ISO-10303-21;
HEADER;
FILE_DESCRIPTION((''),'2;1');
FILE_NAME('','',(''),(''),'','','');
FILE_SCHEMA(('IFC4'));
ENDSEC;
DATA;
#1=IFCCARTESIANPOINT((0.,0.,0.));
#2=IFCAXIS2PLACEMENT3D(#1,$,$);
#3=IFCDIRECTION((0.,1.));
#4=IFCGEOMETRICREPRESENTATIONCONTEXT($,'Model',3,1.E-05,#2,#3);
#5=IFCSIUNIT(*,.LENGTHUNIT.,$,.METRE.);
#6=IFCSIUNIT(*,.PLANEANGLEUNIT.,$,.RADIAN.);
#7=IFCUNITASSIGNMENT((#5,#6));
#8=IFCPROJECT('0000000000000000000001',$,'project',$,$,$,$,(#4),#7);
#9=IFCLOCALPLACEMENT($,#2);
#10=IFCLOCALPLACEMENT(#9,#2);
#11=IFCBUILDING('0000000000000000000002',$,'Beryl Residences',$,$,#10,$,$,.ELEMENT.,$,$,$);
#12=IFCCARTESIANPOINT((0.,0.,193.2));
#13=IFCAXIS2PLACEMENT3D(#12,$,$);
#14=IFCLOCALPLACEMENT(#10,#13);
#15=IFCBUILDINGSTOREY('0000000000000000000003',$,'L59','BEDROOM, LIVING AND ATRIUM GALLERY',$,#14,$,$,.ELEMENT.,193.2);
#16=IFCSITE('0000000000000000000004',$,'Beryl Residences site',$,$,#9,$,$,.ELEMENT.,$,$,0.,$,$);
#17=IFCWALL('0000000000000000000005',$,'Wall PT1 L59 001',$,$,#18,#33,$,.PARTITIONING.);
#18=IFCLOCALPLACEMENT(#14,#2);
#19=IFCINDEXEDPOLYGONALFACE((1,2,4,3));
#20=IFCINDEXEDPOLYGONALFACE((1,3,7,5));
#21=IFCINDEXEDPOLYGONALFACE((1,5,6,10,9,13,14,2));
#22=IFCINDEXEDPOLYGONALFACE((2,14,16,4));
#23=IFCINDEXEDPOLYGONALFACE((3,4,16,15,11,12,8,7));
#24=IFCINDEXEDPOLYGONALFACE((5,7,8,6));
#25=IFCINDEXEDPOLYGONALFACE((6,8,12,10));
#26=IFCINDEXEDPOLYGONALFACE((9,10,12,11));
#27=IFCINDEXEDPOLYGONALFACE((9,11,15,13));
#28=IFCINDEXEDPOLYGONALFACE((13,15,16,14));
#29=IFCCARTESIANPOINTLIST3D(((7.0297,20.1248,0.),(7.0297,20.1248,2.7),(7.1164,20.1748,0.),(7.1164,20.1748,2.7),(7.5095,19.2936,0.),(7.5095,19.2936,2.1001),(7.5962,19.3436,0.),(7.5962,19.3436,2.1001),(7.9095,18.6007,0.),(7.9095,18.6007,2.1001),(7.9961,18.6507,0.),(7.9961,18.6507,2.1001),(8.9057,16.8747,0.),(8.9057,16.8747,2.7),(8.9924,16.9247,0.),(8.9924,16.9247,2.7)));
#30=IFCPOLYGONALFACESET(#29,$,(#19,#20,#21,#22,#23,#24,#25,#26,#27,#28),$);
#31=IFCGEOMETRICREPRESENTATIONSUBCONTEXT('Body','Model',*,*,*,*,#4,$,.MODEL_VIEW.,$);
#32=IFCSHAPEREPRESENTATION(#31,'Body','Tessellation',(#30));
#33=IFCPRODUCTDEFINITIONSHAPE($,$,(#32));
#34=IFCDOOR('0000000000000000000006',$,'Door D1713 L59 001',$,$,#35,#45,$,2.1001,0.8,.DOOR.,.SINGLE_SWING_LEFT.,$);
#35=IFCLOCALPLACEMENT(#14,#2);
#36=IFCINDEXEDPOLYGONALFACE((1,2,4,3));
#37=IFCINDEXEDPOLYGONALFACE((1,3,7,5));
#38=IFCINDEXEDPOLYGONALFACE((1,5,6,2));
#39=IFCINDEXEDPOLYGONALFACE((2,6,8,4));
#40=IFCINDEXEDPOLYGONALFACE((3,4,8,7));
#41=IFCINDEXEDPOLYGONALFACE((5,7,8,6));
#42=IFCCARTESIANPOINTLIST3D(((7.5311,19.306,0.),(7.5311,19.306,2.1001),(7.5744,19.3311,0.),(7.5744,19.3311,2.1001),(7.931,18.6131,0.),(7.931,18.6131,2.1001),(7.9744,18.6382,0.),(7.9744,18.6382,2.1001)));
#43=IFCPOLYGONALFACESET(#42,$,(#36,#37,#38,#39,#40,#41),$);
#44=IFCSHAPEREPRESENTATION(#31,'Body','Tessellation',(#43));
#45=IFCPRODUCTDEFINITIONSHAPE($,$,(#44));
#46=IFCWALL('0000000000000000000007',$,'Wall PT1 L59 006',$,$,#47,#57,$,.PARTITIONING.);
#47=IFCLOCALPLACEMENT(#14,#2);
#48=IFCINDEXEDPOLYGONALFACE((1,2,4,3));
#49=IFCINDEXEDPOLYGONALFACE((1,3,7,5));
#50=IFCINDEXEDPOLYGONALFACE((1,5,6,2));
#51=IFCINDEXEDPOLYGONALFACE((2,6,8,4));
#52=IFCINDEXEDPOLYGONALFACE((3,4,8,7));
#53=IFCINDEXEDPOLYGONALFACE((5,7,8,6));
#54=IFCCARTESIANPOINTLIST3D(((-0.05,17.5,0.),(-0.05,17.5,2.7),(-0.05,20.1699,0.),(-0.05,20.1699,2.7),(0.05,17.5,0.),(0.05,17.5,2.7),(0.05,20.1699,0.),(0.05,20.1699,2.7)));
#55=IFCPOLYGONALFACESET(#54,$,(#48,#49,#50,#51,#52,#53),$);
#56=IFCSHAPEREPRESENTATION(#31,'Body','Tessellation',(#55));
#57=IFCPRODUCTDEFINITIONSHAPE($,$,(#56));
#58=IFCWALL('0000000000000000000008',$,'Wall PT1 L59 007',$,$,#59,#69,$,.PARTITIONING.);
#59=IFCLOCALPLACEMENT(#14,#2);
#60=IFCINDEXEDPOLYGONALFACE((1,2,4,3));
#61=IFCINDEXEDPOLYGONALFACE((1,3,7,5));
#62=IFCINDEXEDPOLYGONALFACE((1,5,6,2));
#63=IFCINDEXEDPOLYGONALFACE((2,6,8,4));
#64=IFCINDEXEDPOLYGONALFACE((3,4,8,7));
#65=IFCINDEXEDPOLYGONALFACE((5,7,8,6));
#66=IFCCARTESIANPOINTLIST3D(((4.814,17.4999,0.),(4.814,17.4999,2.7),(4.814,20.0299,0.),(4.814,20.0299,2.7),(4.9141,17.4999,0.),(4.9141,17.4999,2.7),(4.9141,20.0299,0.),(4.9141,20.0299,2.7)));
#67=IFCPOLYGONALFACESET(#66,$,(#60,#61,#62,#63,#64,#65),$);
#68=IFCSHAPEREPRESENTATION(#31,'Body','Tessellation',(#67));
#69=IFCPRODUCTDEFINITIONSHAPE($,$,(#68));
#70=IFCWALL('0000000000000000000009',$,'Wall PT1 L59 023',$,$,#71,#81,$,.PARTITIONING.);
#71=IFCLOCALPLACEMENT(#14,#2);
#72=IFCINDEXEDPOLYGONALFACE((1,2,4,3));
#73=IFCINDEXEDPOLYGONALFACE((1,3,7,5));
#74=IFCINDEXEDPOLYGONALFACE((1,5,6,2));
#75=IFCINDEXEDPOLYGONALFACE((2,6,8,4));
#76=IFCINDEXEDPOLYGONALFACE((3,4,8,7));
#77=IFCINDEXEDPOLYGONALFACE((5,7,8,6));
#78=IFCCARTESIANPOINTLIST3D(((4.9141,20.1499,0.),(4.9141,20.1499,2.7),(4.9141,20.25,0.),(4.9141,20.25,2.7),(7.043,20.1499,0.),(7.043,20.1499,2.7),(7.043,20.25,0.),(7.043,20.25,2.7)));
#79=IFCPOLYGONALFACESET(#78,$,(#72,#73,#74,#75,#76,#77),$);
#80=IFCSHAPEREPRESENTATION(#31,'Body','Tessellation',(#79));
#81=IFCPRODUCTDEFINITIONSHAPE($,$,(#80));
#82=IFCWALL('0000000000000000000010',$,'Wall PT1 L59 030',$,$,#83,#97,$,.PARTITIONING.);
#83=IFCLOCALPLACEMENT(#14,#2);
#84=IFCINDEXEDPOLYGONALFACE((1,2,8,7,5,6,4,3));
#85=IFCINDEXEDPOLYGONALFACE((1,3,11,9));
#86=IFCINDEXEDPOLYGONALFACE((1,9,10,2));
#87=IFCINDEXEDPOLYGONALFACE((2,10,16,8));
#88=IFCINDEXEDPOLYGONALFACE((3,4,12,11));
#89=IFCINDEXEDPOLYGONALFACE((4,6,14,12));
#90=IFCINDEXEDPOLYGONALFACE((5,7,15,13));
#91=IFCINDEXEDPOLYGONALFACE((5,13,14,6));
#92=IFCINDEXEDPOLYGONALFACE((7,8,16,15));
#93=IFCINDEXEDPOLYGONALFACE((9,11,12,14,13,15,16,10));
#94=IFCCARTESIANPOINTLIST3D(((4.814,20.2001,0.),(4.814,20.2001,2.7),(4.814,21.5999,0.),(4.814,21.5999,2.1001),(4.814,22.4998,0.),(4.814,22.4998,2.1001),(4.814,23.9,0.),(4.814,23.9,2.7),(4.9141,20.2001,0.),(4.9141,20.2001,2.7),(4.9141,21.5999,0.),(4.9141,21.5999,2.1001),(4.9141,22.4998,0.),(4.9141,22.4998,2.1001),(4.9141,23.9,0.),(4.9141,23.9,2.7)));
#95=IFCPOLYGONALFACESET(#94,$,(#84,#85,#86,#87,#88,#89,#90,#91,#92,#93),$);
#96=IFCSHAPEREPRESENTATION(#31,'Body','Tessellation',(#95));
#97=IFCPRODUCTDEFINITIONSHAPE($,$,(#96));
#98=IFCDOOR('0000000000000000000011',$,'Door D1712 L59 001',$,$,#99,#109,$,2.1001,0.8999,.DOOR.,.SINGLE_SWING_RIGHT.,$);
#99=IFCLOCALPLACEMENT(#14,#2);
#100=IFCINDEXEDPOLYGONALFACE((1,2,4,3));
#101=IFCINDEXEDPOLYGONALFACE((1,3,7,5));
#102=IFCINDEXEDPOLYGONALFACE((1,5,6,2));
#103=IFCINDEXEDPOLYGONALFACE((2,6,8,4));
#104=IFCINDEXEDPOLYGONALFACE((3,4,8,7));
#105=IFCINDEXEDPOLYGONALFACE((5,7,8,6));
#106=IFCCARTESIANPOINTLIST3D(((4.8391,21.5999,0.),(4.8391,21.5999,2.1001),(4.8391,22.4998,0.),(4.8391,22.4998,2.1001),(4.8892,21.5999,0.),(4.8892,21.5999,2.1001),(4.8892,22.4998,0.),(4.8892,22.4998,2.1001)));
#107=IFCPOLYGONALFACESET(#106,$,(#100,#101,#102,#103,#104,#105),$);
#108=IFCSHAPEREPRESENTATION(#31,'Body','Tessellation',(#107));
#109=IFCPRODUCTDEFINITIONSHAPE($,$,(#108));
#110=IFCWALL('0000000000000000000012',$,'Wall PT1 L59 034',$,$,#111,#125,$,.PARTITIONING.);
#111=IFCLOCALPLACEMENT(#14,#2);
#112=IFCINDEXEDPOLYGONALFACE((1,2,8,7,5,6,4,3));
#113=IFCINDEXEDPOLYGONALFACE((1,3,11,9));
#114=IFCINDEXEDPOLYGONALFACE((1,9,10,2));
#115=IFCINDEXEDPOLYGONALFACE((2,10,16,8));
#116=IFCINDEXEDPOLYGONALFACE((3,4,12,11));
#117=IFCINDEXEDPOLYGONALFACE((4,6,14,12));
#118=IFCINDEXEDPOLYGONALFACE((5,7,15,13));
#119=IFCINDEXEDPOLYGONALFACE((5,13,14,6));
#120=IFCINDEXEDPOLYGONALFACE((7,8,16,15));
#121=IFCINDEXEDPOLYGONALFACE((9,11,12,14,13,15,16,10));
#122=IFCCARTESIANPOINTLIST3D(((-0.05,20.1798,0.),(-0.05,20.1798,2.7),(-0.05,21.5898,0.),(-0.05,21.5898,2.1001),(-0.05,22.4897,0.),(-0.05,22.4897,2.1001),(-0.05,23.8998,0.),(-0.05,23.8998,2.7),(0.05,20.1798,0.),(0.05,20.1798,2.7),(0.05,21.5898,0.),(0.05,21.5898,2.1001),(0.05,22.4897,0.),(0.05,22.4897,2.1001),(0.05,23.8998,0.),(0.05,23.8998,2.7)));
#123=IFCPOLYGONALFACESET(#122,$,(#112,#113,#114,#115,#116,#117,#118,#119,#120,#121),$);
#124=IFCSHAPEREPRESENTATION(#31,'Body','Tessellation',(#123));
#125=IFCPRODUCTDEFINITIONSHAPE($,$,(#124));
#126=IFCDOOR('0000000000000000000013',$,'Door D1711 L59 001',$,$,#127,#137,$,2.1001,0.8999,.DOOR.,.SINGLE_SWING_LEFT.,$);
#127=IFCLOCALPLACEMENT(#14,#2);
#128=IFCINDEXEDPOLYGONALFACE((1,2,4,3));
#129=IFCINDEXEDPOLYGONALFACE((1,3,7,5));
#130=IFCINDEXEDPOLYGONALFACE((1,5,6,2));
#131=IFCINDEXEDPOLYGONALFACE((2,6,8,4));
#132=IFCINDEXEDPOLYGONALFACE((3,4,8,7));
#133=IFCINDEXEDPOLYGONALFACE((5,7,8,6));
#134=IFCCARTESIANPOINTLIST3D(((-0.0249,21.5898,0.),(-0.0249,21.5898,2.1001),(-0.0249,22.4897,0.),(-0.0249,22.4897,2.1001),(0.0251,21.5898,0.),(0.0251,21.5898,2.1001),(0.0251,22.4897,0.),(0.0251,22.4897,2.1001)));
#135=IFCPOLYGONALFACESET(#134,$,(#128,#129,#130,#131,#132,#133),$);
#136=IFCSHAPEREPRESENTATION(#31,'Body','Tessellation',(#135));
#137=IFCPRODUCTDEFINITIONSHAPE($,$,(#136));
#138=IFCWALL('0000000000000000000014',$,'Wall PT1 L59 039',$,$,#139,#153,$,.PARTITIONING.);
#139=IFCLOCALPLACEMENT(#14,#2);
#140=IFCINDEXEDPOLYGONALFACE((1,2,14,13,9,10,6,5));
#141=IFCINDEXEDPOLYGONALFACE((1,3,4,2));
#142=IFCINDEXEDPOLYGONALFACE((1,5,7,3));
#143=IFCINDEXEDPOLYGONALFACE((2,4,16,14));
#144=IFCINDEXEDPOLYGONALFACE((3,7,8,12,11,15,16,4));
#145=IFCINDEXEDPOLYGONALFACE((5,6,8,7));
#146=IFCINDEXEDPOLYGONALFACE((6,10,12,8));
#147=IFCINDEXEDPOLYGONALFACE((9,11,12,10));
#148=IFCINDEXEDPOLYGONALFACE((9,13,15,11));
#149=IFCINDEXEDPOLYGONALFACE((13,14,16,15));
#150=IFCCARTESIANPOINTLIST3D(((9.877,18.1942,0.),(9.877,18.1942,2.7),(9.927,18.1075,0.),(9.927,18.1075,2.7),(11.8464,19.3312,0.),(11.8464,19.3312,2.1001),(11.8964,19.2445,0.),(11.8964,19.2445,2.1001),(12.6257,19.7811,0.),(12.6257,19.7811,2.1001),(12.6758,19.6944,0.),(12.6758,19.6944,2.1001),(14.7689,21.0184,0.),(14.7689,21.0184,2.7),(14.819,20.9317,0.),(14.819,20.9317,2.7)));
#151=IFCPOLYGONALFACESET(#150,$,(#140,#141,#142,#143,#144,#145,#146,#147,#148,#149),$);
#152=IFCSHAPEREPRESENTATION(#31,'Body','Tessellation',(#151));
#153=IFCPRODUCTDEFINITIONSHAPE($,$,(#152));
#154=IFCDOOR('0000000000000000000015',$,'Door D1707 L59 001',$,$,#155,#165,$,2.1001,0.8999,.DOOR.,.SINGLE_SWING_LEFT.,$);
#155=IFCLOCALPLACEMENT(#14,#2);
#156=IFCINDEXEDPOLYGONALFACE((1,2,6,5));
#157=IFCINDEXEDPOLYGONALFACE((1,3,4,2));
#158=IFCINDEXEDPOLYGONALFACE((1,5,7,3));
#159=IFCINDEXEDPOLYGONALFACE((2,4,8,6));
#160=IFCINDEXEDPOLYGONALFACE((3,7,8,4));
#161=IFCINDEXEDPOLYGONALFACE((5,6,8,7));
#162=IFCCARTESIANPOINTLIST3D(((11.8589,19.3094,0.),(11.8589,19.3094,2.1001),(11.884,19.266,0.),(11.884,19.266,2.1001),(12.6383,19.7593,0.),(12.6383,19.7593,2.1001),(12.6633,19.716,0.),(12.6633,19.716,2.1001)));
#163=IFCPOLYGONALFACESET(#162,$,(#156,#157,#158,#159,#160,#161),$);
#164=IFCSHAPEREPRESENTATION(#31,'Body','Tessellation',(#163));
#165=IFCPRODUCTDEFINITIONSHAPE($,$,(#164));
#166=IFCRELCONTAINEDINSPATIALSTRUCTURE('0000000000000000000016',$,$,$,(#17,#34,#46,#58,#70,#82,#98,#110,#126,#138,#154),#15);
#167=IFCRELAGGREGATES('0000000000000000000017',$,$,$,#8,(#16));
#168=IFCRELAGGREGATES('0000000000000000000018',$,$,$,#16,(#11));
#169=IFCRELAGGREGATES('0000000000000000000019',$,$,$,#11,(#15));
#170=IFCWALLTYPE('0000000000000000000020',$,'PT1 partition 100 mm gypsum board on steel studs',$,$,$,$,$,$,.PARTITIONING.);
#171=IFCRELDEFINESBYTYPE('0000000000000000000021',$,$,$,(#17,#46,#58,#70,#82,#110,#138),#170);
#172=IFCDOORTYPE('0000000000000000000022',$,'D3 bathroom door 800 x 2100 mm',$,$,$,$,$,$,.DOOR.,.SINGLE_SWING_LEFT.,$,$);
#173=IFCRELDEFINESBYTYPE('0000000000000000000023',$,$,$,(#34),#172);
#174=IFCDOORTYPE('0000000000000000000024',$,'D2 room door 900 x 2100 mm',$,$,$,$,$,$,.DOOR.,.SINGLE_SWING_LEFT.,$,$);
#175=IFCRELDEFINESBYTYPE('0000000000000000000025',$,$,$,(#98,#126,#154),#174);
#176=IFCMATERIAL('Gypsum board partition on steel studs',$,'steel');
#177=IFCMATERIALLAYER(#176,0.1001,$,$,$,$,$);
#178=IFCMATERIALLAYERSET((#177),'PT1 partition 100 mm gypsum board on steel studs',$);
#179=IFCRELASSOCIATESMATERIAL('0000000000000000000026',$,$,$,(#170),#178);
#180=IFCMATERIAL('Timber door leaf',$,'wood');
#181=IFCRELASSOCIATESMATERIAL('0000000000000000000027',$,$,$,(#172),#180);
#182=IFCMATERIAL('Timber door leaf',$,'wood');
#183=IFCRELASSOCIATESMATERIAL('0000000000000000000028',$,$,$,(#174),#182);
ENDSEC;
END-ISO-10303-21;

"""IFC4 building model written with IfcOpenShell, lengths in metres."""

from ifc_helpers import new_model, si_unit, direction, frame, frame_2d, origin, place, context, subcontext, project, spatial, rectangle, extrude, material, layer, layer_set, type_object, element, fill, save


model = new_model("IFC4")

# Units and contexts
model_context = context("Model", 3, precision=1e-05, world=origin(), true_north=direction((0.0, 1.0)))
body_context = subcontext(model_context, "Body", "Model", "MODEL_VIEW")
ifc_project = project(units=[si_unit("LENGTHUNIT", "METRE"), si_unit("PLANEANGLEUNIT", "RADIAN")], contexts=[model_context])

# Site, building, storey
site_placement = place(None, origin())
site = spatial("IfcSite", under=ifc_project, at=site_placement, Name="Beryl Residences site", CompositionType="ELEMENT", RefElevation=0.0)
building_placement = place(site_placement, origin())
building = spatial("IfcBuilding", under=site, at=building_placement, Name="Beryl Residences", CompositionType="ELEMENT")
storey_placement = place(building_placement, frame((0.0, 0.0, 193.2)))
storey = spatial("IfcBuildingStorey", under=building, at=storey_placement, Name="L59", Description="BEDROOM, LIVING AND ATRIUM GALLERY", CompositionType="ELEMENT", Elevation=193.2)

# Wall, opening, door
ifc_material_1 = material(Name="Gypsum board partition on steel studs", Category="steel")
ifc_layer_1 = layer(ifc_material_1, 0.1001)
ifc_layer_set_1 = layer_set([ifc_layer_1], Name="PT1 partition 100 mm gypsum board on steel studs")
wall_type_1 = type_object("IfcWallType", Name="PT1 partition 100 mm gypsum board on steel studs", PredefinedType="PARTITIONING", material=ifc_layer_set_1)
wall_1_placement = place(storey_placement, frame((7.073, 20.1499, 0.0), z_axis=(0.0, 0.0, 1.0), x_axis=(0.499918, -0.866073, 0.0)))
wall_1 = element("IfcWall", 1, at=wall_1_placement, inside=storey, type_object=wall_type_1, Name="Wall PT1 L59 001", PredefinedType="PARTITIONING", context=body_context, shape_type="SweptSolid", body=[
    extrude(rectangle(XDim=3.7527, YDim=0.1001, at=frame_2d((1.8765, 0.0))), origin(), (0.0, 0.0, 1.0), 2.7),
])
opening_1_placement = place(wall_1_placement, frame((0.96, 0.0, 0.0)))
opening_1 = element("IfcOpeningElement", 2, at=opening_1_placement, cuts=wall_1, PredefinedType="OPENING", context=body_context, shape_type="SweptSolid", body=[
    extrude(rectangle(XDim=0.8, YDim=2.1001, at=frame_2d((0.3999, 1.05))), frame((0.0, 0.0601, 0.0), z_axis=(0.0, -1.0, 0.0), x_axis=(1.0, 0.0, 0.0)), (0.0, 0.0, 1.0), 0.1201),
])
ifc_material_2 = material(Name="Timber door leaf", Category="wood")
door_type_1 = type_object("IfcDoorType", Name="D3 bathroom door 800 x 2100 mm", OperationType="SINGLE_SWING_LEFT", PredefinedType="DOOR", material=ifc_material_2)
door_1_placement = place(opening_1_placement, origin())
door_1 = element("IfcDoor", 3, at=door_1_placement, inside=storey, type_object=door_type_1, Name="Door D1713 L59 001", OperationType="SINGLE_SWING_LEFT", OverallHeight=2.1001, OverallWidth=0.8, PredefinedType="DOOR", context=body_context, shape_type="SweptSolid", body=[
    extrude(rectangle(XDim=0.8, YDim=2.1001, at=frame_2d((0.3999, 1.05))), frame((0.0, 0.0249, 0.0), z_axis=(0.0, -1.0, 0.0), x_axis=(1.0, 0.0, 0.0)), (0.0, 0.0, 1.0), 0.05),
])
fill(opening_1, door_1)

# Walls
wall_2_placement = place(storey_placement, frame((0.0, 20.1699, 0.0), z_axis=(0.0, 0.0, 1.0), x_axis=(0.0, -1.0, 0.0)))
element("IfcWall", 4, at=wall_2_placement, inside=storey, type_object=wall_type_1, Name="Wall PT1 L59 006", PredefinedType="PARTITIONING", context=body_context, shape_type="SweptSolid", body=[
    extrude(rectangle(XDim=2.6699, YDim=0.1001, at=frame_2d((1.335, 0.0))), origin(), (0.0, 0.0, 1.0), 2.7),
])
wall_3_placement = place(storey_placement, frame((4.864, 20.03, 0.0), z_axis=(0.0, 0.0, 1.0), x_axis=(0.0, -1.0, 0.0)))
element("IfcWall", 5, at=wall_3_placement, inside=storey, type_object=wall_type_1, Name="Wall PT1 L59 007", PredefinedType="PARTITIONING", context=body_context, shape_type="SweptSolid", body=[
    extrude(rectangle(XDim=2.53, YDim=0.1001, at=frame_2d((1.2651, 0.0))), origin(), (0.0, 0.0, 1.0), 2.7),
])
wall_4_placement = place(storey_placement, frame((4.9141, 20.2, 0.0), z_axis=(0.0, 0.0, 1.0), x_axis=(1.0, 0.0, 0.0)))
element("IfcWall", 6, at=wall_4_placement, inside=storey, type_object=wall_type_1, Name="Wall PT1 L59 023", PredefinedType="PARTITIONING", context=body_context, shape_type="SweptSolid", body=[
    extrude(rectangle(XDim=2.1289, YDim=0.1001, at=frame_2d((1.0645, 0.0))), origin(), (0.0, 0.0, 1.0), 2.7),
])

# Walls, openings, doors
wall_5_placement = place(storey_placement, frame((4.864, 20.2, 0.0), z_axis=(0.0, 0.0, 1.0), x_axis=(0.0, 1.0, 0.0)))
wall_5 = element("IfcWall", 7, at=wall_5_placement, inside=storey, type_object=wall_type_1, Name="Wall PT1 L59 030", PredefinedType="PARTITIONING", context=body_context, shape_type="SweptSolid", body=[
    extrude(rectangle(XDim=3.7, YDim=0.1001, at=frame_2d((1.8501, 0.0))), origin(), (0.0, 0.0, 1.0), 2.7),
])
opening_2_placement = place(wall_5_placement, frame((1.3999, 0.0, 0.0)))
opening_2 = element("IfcOpeningElement", 8, at=opening_2_placement, cuts=wall_5, PredefinedType="OPENING", context=body_context, shape_type="SweptSolid", body=[
    extrude(rectangle(XDim=0.8999, YDim=2.1001, at=frame_2d((0.45, 1.05))), frame((0.0, 0.0601, 0.0), z_axis=(0.0, -1.0, 0.0), x_axis=(1.0, 0.0, 0.0)), (0.0, 0.0, 1.0), 0.1201),
])
ifc_material_3 = material(Name="Timber door leaf", Category="wood")
door_type_2 = type_object("IfcDoorType", Name="D2 room door 900 x 2100 mm", OperationType="SINGLE_SWING_LEFT", PredefinedType="DOOR", material=ifc_material_3)
door_2_placement = place(opening_2_placement, origin())
door_2 = element("IfcDoor", 9, at=door_2_placement, inside=storey, type_object=door_type_2, Name="Door D1712 L59 001", OperationType="SINGLE_SWING_RIGHT", OverallHeight=2.1001, OverallWidth=0.8999, PredefinedType="DOOR", context=body_context, shape_type="SweptSolid", body=[
    extrude(rectangle(XDim=0.8999, YDim=2.1001, at=frame_2d((0.45, 1.05))), frame((0.0, 0.0249, 0.0), z_axis=(0.0, -1.0, 0.0), x_axis=(1.0, 0.0, 0.0)), (0.0, 0.0, 1.0), 0.05),
])
fill(opening_2, door_2)
wall_6_placement = place(storey_placement, frame((0.0, 20.1799, 0.0), z_axis=(0.0, 0.0, 1.0), x_axis=(0.0, 1.0, 0.0)))
wall_6 = element("IfcWall", 10, at=wall_6_placement, inside=storey, type_object=wall_type_1, Name="Wall PT1 L59 034", PredefinedType="PARTITIONING", context=body_context, shape_type="SweptSolid", body=[
    extrude(rectangle(XDim=3.72, YDim=0.1001, at=frame_2d((1.8599, 0.0))), origin(), (0.0, 0.0, 1.0), 2.7),
])
opening_3_placement = place(wall_6_placement, frame((1.4099, 0.0, 0.0)))
opening_3 = element("IfcOpeningElement", 11, at=opening_3_placement, cuts=wall_6, PredefinedType="OPENING", context=body_context, shape_type="SweptSolid", body=[
    extrude(rectangle(XDim=0.8999, YDim=2.1001, at=frame_2d((0.45, 1.05))), frame((0.0, 0.0601, 0.0), z_axis=(0.0, -1.0, 0.0), x_axis=(1.0, 0.0, 0.0)), (0.0, 0.0, 1.0), 0.1201),
])
door_3_placement = place(opening_3_placement, origin())
door_3 = element("IfcDoor", 12, at=door_3_placement, inside=storey, type_object=door_type_2, Name="Door D1711 L59 001", OperationType="SINGLE_SWING_LEFT", OverallHeight=2.1001, OverallWidth=0.8999, PredefinedType="DOOR", context=body_context, shape_type="SweptSolid", body=[
    extrude(rectangle(XDim=0.8999, YDim=2.1001, at=frame_2d((0.45, 1.05))), frame((0.0, 0.0249, 0.0), z_axis=(0.0, -1.0, 0.0), x_axis=(1.0, 0.0, 0.0)), (0.0, 0.0, 1.0), 0.05),
])
fill(opening_3, door_3)
wall_7_placement = place(storey_placement, frame((9.9021, 18.1509, 0.0), z_axis=(0.0, 0.0, 1.0), x_axis=(0.866032, 0.499988, 0.0)))
wall_7 = element("IfcWall", 13, at=wall_7_placement, inside=storey, type_object=wall_type_1, Name="Wall PT1 L59 039", PredefinedType="PARTITIONING", context=body_context, shape_type="SweptSolid", body=[
    extrude(rectangle(XDim=5.6487, YDim=0.1001, at=frame_2d((2.8242, 0.0))), origin(), (0.0, 0.0, 1.0), 2.7),
])
opening_4_placement = place(wall_7_placement, frame((2.2739, 0.0, 0.0)))
opening_4 = element("IfcOpeningElement", 14, at=opening_4_placement, cuts=wall_7, PredefinedType="OPENING", context=body_context, shape_type="SweptSolid", body=[
    extrude(rectangle(XDim=0.8999, YDim=2.1001, at=frame_2d((0.45, 1.05))), frame((0.0, 0.0601, 0.0), z_axis=(0.0, -1.0, 0.0), x_axis=(1.0, 0.0, 0.0)), (0.0, 0.0, 1.0), 0.1201),
])
door_4_placement = place(opening_4_placement, origin())
door_4 = element("IfcDoor", 15, at=door_4_placement, inside=storey, type_object=door_type_2, Name="Door D1707 L59 001", OperationType="SINGLE_SWING_LEFT", OverallHeight=2.1001, OverallWidth=0.8999, PredefinedType="DOOR", context=body_context, shape_type="SweptSolid", body=[
    extrude(rectangle(XDim=0.8999, YDim=2.1001, at=frame_2d((0.45, 1.05))), frame((0.0, 0.0249, 0.0), z_axis=(0.0, -1.0, 0.0), x_axis=(1.0, 0.0, 0.0)), (0.0, 0.0, 1.0), 0.05),
])
fill(opening_4, door_4)

save(model, "model.ifc")
